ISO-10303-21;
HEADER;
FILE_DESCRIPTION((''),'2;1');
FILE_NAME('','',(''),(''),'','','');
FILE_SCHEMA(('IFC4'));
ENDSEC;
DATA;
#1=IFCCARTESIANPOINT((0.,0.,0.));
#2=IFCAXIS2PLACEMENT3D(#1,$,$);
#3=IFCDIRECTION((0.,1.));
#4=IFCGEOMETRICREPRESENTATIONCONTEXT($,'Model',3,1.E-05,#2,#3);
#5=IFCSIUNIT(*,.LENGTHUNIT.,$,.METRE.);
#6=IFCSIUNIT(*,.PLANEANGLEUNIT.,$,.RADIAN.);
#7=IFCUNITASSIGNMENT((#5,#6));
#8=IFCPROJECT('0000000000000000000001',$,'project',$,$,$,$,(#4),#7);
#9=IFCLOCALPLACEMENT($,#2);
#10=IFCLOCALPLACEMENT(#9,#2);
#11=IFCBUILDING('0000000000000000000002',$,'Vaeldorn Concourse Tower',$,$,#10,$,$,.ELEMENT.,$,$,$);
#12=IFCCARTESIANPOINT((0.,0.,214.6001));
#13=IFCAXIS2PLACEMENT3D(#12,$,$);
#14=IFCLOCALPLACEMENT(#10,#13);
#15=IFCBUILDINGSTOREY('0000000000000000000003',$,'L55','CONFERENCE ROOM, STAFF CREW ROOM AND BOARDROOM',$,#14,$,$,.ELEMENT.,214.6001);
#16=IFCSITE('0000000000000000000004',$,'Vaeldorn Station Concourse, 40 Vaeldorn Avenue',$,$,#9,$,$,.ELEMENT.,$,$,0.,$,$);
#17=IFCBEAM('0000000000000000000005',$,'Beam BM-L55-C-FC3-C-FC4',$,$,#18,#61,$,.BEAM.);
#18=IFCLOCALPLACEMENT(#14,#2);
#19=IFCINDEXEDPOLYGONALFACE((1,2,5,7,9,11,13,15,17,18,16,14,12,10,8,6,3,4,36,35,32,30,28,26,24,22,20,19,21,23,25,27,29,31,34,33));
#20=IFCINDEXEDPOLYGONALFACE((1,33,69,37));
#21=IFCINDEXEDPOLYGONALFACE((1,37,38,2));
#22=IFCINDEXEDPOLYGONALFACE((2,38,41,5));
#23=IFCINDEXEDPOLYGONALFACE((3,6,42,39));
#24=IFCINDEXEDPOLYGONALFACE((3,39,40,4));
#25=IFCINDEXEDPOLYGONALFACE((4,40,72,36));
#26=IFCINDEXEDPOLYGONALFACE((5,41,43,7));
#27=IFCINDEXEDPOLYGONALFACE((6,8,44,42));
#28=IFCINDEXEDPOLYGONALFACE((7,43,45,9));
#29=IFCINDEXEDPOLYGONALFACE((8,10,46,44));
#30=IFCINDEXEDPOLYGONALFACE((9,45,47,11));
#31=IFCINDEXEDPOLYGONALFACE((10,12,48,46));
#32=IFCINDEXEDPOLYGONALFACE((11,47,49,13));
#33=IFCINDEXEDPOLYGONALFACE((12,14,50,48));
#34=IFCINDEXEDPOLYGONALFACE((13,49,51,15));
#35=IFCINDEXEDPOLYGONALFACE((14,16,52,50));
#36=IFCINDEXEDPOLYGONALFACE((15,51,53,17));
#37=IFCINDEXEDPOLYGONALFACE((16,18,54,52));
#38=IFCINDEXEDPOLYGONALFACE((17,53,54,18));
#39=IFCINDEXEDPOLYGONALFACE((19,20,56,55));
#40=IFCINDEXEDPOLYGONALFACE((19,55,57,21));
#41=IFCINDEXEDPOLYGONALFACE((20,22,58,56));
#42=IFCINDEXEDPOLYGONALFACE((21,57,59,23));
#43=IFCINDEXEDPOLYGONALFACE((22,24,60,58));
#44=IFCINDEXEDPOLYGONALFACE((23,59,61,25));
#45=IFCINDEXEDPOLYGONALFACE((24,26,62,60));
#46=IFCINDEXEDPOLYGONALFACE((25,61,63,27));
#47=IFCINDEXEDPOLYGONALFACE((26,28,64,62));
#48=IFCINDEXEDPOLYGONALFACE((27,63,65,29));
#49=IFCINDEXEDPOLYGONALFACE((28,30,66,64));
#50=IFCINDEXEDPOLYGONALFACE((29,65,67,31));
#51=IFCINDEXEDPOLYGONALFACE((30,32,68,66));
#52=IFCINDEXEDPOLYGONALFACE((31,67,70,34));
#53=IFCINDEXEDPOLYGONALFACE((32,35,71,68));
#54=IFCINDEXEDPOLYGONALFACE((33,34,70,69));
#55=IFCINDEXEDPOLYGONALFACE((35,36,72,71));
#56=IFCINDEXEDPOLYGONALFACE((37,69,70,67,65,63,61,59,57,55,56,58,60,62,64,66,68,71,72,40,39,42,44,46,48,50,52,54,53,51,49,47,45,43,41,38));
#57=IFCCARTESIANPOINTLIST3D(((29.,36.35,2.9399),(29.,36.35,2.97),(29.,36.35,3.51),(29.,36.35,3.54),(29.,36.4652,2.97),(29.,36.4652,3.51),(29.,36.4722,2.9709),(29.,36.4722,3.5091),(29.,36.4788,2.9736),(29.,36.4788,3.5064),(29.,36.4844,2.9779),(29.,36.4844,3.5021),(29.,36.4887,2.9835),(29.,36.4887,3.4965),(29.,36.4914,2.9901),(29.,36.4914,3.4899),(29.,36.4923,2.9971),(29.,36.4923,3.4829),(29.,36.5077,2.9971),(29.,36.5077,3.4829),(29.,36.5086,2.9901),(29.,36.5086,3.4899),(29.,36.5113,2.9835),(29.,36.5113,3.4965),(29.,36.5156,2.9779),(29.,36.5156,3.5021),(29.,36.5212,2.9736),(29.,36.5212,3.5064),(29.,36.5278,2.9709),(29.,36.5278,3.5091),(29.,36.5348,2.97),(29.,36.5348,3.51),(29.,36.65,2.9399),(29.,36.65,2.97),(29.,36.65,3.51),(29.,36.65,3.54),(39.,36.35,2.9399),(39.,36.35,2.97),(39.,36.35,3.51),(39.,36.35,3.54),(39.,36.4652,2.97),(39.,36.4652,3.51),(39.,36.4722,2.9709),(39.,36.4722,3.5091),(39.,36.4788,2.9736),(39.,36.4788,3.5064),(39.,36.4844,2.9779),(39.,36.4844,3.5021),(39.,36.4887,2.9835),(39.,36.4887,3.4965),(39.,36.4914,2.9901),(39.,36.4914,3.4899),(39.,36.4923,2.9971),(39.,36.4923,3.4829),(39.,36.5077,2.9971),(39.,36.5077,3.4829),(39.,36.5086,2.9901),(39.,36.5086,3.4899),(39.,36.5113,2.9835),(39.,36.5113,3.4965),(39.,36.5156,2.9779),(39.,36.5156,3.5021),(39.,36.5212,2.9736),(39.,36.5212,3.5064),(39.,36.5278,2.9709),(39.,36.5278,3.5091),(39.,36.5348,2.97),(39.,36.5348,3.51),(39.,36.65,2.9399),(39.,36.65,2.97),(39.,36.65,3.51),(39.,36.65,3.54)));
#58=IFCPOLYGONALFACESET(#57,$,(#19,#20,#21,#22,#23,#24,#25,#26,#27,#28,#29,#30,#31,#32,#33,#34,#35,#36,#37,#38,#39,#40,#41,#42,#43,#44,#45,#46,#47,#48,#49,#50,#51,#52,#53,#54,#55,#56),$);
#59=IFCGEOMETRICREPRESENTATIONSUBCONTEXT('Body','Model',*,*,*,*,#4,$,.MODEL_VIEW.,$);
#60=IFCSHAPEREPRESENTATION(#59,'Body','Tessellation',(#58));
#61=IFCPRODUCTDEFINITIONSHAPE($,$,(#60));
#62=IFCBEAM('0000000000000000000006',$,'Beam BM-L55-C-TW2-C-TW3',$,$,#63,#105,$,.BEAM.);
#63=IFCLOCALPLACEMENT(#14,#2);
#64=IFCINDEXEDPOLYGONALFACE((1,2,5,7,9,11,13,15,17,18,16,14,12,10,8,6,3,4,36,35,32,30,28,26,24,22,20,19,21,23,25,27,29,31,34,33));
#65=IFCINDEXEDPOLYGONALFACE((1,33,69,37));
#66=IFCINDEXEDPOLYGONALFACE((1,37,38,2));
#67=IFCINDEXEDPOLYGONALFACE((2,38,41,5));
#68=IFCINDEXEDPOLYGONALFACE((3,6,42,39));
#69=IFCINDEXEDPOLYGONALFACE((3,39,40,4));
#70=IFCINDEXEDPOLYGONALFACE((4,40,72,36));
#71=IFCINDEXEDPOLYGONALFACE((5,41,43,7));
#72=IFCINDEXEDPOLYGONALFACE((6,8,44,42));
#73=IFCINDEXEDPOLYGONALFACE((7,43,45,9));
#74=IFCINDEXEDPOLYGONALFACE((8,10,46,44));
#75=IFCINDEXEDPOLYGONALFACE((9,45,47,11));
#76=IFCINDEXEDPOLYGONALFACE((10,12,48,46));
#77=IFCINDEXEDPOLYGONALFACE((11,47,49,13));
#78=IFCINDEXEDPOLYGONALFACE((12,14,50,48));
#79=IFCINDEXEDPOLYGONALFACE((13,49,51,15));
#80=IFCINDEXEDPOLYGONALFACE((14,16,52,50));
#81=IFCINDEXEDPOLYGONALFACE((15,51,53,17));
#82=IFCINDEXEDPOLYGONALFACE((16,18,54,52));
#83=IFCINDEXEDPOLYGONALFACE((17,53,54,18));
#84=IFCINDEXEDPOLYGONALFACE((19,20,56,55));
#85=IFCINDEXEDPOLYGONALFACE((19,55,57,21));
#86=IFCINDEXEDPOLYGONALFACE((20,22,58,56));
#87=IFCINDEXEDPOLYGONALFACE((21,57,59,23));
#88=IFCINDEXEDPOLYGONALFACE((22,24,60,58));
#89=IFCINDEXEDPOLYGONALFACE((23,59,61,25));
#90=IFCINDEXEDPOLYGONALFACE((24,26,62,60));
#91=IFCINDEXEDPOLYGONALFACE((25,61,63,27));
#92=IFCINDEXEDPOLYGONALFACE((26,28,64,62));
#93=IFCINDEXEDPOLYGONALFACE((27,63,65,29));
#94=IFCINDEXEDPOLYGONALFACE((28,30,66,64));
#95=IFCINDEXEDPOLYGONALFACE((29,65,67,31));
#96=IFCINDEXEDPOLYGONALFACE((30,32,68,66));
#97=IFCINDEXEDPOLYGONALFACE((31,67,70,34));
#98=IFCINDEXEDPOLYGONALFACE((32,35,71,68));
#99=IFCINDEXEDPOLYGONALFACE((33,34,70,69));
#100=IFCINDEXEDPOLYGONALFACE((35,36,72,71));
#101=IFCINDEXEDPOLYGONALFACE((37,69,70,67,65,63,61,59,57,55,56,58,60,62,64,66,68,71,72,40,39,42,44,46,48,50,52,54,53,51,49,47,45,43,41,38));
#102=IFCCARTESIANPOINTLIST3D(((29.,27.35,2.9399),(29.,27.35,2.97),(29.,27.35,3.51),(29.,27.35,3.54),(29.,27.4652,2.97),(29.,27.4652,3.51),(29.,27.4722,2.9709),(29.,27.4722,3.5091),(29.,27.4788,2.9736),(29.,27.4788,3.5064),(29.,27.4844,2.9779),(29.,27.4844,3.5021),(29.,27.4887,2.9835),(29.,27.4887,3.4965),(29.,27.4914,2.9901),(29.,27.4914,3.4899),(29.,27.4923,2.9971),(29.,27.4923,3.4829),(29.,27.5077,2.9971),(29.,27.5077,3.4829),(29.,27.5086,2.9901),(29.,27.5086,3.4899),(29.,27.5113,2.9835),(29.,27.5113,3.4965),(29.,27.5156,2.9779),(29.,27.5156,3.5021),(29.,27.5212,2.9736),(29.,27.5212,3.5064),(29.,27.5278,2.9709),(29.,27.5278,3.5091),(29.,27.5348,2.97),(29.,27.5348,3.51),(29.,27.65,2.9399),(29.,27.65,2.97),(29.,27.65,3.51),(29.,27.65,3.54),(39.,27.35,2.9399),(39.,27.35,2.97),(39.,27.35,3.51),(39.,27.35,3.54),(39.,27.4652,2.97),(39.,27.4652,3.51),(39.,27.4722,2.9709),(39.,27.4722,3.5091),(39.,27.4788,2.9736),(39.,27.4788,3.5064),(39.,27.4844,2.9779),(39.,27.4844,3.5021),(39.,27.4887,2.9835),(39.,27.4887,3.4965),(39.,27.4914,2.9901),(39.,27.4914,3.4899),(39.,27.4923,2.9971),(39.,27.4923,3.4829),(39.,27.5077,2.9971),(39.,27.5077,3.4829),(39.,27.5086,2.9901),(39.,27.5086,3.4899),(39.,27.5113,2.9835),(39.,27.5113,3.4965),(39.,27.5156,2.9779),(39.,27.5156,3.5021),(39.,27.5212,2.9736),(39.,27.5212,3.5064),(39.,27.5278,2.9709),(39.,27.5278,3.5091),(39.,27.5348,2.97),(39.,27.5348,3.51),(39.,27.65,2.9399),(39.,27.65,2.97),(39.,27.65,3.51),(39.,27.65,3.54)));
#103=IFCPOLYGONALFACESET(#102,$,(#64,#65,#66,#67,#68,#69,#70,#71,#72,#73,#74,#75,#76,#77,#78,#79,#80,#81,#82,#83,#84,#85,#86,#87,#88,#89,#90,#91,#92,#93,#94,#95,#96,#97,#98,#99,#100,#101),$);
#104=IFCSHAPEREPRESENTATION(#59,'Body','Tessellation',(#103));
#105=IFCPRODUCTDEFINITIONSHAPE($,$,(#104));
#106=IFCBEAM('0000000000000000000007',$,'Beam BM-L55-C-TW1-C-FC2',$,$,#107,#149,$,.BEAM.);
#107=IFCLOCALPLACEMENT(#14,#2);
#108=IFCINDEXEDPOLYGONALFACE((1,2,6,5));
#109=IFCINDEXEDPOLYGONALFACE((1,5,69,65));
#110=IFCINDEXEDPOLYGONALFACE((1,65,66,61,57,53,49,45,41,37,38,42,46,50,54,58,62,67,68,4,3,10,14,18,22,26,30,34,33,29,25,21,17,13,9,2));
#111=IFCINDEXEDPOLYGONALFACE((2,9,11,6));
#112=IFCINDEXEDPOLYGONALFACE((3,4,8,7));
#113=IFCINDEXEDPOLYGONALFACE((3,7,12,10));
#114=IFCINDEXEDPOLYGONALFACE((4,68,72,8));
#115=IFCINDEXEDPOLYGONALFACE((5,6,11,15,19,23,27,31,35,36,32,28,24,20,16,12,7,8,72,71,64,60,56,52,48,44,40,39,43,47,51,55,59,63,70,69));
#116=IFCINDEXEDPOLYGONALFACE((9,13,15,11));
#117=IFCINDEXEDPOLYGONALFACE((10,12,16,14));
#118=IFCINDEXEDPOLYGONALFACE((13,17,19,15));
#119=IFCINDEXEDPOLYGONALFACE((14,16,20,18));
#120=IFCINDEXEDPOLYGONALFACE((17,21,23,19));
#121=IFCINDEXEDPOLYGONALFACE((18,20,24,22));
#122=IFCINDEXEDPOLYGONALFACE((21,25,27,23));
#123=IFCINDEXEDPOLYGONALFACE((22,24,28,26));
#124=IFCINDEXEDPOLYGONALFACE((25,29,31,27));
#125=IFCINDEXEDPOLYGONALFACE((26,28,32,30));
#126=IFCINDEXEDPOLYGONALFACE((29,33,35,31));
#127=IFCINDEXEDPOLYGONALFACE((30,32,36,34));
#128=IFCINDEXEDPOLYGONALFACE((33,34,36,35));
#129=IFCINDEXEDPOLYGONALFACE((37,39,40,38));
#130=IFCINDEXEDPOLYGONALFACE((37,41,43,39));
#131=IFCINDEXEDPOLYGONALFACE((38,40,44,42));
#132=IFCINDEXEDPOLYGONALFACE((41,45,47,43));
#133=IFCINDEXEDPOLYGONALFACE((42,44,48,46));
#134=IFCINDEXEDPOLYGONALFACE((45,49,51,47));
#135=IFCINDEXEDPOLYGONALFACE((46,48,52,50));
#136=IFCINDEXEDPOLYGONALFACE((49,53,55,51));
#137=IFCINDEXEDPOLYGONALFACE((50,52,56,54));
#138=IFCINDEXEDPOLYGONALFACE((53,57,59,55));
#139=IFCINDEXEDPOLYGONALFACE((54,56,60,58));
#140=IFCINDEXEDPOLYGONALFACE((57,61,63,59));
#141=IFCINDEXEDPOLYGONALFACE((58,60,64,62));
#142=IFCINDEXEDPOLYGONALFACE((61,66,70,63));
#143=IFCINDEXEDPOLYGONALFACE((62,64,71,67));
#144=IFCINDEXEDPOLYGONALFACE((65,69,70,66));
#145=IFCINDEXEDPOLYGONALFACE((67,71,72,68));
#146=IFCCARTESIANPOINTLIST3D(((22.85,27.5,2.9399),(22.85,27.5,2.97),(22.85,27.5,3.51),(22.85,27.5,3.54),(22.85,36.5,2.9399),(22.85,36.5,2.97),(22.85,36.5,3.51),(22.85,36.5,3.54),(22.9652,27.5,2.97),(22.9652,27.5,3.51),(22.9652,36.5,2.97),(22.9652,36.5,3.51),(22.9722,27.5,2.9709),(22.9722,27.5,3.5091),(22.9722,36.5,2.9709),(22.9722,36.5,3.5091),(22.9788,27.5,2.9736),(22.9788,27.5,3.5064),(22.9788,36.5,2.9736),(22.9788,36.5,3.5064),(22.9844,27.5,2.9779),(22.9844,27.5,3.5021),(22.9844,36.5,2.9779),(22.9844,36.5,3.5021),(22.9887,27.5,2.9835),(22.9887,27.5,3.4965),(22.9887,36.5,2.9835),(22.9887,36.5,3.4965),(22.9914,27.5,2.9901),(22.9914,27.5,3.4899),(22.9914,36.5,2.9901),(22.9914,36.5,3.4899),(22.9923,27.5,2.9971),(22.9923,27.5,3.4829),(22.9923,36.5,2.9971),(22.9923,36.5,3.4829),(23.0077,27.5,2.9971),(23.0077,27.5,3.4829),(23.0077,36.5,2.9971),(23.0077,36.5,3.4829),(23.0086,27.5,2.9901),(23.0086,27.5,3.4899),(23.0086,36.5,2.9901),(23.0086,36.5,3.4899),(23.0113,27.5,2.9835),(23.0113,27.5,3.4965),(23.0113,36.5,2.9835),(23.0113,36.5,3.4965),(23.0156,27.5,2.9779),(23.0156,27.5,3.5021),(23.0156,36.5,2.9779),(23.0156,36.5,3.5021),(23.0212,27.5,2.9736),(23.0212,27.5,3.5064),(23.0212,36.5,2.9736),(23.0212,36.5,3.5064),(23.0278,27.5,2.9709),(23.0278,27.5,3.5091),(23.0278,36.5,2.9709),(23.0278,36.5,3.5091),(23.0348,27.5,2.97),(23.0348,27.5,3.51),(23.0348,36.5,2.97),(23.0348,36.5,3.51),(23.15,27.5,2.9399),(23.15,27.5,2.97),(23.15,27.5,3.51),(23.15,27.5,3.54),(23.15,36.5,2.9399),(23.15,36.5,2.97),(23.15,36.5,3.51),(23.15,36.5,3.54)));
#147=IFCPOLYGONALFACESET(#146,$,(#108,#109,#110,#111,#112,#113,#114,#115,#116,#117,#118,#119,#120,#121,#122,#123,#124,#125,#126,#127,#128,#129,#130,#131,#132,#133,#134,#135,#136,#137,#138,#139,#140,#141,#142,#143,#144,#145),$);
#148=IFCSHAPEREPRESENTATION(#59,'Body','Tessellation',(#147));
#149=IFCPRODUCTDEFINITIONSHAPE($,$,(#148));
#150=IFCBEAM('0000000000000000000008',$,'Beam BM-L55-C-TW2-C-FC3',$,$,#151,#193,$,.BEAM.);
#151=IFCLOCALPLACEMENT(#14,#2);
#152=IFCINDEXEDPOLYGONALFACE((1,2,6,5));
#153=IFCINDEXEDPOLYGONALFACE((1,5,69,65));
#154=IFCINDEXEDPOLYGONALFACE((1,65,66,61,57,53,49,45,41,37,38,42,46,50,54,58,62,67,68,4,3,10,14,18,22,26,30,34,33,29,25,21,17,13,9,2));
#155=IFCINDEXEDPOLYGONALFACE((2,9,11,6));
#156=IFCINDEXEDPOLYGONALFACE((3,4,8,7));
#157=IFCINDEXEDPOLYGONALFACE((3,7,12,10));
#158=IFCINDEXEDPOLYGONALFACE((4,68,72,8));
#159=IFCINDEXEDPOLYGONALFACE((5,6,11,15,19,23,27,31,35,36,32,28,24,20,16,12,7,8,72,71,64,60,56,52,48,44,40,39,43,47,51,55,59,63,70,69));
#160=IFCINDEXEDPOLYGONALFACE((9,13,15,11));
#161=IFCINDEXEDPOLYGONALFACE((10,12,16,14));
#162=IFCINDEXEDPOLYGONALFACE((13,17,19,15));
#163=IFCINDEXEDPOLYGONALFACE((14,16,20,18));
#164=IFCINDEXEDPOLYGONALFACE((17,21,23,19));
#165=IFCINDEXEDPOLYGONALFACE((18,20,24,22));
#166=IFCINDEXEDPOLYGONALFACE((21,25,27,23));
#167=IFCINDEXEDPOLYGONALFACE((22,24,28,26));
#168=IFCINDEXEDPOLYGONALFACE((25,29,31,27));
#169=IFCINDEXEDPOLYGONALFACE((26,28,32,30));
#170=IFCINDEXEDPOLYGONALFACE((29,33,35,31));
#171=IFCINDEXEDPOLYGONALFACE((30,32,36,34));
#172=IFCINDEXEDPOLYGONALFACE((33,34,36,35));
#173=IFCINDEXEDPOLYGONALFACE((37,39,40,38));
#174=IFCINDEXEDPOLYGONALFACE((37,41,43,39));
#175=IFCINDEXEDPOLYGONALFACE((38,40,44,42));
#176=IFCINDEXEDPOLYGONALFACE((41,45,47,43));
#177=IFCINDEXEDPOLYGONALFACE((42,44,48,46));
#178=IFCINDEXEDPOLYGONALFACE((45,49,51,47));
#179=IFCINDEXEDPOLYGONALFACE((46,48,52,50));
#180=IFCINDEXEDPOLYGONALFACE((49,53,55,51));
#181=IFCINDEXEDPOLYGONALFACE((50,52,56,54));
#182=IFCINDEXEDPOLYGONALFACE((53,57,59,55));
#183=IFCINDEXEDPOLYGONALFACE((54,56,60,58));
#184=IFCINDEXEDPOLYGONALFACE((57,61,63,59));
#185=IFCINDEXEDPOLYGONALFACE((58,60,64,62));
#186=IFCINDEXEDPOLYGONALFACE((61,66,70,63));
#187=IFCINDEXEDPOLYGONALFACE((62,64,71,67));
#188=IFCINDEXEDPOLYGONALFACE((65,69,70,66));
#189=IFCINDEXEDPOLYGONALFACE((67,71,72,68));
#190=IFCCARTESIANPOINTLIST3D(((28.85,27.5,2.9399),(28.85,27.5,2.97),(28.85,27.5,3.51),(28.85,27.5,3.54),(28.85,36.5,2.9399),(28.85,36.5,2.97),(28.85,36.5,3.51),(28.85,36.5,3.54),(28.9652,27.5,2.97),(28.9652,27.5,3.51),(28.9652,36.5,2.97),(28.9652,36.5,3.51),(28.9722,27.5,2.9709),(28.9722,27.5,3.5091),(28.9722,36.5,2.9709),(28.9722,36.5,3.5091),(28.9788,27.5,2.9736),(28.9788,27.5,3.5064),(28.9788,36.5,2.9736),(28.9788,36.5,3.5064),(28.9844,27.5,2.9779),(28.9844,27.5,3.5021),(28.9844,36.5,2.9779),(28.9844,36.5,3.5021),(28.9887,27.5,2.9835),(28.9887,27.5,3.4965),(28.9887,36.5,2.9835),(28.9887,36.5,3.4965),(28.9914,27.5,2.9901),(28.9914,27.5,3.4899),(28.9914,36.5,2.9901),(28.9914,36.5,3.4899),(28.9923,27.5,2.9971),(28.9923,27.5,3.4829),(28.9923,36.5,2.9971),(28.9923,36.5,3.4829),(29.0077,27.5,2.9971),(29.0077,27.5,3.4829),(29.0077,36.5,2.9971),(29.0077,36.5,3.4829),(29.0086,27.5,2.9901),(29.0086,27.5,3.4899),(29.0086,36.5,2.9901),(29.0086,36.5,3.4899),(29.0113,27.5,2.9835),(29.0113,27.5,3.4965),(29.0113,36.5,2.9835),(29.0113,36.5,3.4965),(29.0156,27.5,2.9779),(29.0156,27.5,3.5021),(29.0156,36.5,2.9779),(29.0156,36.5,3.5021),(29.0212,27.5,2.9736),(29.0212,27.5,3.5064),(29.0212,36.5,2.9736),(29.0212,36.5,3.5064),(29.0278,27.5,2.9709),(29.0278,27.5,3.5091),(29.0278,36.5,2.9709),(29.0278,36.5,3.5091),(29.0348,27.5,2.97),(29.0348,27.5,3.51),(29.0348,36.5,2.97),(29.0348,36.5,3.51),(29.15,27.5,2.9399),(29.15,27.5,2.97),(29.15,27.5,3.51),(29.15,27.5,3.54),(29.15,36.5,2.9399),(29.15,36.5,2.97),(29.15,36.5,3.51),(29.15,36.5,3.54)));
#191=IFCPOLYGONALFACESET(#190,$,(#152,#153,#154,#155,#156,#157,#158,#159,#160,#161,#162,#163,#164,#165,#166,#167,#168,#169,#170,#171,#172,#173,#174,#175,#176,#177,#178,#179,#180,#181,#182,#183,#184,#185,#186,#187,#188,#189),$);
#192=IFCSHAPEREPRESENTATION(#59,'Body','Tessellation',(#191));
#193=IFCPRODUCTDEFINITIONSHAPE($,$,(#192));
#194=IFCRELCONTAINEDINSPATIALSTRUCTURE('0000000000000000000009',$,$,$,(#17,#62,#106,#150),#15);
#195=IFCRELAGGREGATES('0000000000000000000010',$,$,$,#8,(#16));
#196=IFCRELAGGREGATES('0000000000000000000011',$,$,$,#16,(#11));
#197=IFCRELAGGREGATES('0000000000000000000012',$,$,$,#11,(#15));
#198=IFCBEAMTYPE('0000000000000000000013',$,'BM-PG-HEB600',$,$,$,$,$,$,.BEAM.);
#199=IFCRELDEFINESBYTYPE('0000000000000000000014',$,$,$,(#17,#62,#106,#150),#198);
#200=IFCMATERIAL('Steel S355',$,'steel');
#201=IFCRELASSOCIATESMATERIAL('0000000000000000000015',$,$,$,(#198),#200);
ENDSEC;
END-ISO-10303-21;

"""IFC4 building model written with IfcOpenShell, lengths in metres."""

from ifc_helpers import new_model, si_unit, direction, frame, origin, origin_2d, place, context, subcontext, project, spatial, i_section, extrude, source, transform, mapped, material, material_profile, profile_set, type_object, element, save


model = new_model("IFC4")

# Units and contexts
model_context = context("Model", 3, precision=1e-05, world=origin(), true_north=direction((0.0, 1.0)))
body_context = subcontext(model_context, "Body", "Model", "MODEL_VIEW")
ifc_project = project(units=[si_unit("LENGTHUNIT", "METRE"), si_unit("PLANEANGLEUNIT", "RADIAN")], contexts=[model_context])

# Site, building, storey
site_placement = place(None, origin())
site = spatial("IfcSite", under=ifc_project, at=site_placement, Name="Vaeldorn Station Concourse, 40 Vaeldorn Avenue", CompositionType="ELEMENT", RefElevation=0.0)
building_placement = place(site_placement, origin())
building = spatial("IfcBuilding", under=site, at=building_placement, Name="Vaeldorn Concourse Tower", CompositionType="ELEMENT")
storey_placement = place(building_placement, frame((0.0, 0.0, 214.6001)))
storey = spatial("IfcBuildingStorey", under=building, at=storey_placement, Name="L55", Description="CONFERENCE ROOM, STAFF CREW ROOM AND BOARDROOM", CompositionType="ELEMENT", Elevation=214.6001)

# Shared definitions
ifc_material_1 = material(Name="Steel S355", Category="steel")

# Beams
ifc_material_profile_1 = material_profile(ifc_material_1, i_section(OverallWidth=0.3, OverallDepth=0.6001, WebThickness=0.0154, FlangeThickness=0.03, FilletRadius=0.0271, at=origin_2d()), Name="HEB 600")
ifc_profile_set_1 = profile_set([ifc_material_profile_1], Name="Steel S355")
beam_type_1 = type_object("IfcBeamType", Name="BM-PG-HEB600", PredefinedType="BEAM", material=ifc_profile_set_1)
shared_shape_1 = source(origin(), body_context, "Body", "SweptSolid", [
    extrude(i_section(OverallWidth=0.3, OverallDepth=0.6001, WebThickness=0.0154, FlangeThickness=0.03, FilletRadius=0.0271, at=origin_2d()), origin(), (0.0, 0.0, 1.0), 10.0),
])
for number, where, z_axis, x_axis, name in (
    (1, (29.0, 36.5, 3.24), (1.0, 0.0, 0.0), (0.0, 1.0, 0.0), "Beam BM-L55-C-FC3-C-FC4"),
    (2, (29.0, 27.5, 3.24), (1.0, 0.0, 0.0), (0.0, 1.0, 0.0), "Beam BM-L55-C-TW2-C-TW3"),
):
    element("IfcBeam", number, at=place(storey_placement, frame(where, z_axis=z_axis, x_axis=x_axis)), inside=storey, type_object=beam_type_1, Name=name, PredefinedType="BEAM", context=body_context, shape_type="MappedRepresentation", body=[
        mapped(shared_shape_1, transform((0.0, 0.0, 0.0), scale=1.0)),
    ])
shared_shape_2 = source(origin(), body_context, "Body", "SweptSolid", [
    extrude(i_section(OverallWidth=0.3, OverallDepth=0.6001, WebThickness=0.0154, FlangeThickness=0.03, FilletRadius=0.0271, at=origin_2d()), origin(), (0.0, 0.0, 1.0), 9.0),
])
for number, where, z_axis, x_axis, name in (
    (3, (23.0, 27.5, 3.24), (0.0, 1.0, 0.0), (-1.0, 0.0, 0.0), "Beam BM-L55-C-TW1-C-FC2"),
    (4, (29.0, 27.5, 3.24), (0.0, 1.0, 0.0), (-1.0, 0.0, 0.0), "Beam BM-L55-C-TW2-C-FC3"),
):
    element("IfcBeam", number, at=place(storey_placement, frame(where, z_axis=z_axis, x_axis=x_axis)), inside=storey, type_object=beam_type_1, Name=name, PredefinedType="BEAM", context=body_context, shape_type="MappedRepresentation", body=[
        mapped(shared_shape_2, transform((0.0, 0.0, 0.0), scale=1.0)),
    ])

save(model, "model.ifc")
